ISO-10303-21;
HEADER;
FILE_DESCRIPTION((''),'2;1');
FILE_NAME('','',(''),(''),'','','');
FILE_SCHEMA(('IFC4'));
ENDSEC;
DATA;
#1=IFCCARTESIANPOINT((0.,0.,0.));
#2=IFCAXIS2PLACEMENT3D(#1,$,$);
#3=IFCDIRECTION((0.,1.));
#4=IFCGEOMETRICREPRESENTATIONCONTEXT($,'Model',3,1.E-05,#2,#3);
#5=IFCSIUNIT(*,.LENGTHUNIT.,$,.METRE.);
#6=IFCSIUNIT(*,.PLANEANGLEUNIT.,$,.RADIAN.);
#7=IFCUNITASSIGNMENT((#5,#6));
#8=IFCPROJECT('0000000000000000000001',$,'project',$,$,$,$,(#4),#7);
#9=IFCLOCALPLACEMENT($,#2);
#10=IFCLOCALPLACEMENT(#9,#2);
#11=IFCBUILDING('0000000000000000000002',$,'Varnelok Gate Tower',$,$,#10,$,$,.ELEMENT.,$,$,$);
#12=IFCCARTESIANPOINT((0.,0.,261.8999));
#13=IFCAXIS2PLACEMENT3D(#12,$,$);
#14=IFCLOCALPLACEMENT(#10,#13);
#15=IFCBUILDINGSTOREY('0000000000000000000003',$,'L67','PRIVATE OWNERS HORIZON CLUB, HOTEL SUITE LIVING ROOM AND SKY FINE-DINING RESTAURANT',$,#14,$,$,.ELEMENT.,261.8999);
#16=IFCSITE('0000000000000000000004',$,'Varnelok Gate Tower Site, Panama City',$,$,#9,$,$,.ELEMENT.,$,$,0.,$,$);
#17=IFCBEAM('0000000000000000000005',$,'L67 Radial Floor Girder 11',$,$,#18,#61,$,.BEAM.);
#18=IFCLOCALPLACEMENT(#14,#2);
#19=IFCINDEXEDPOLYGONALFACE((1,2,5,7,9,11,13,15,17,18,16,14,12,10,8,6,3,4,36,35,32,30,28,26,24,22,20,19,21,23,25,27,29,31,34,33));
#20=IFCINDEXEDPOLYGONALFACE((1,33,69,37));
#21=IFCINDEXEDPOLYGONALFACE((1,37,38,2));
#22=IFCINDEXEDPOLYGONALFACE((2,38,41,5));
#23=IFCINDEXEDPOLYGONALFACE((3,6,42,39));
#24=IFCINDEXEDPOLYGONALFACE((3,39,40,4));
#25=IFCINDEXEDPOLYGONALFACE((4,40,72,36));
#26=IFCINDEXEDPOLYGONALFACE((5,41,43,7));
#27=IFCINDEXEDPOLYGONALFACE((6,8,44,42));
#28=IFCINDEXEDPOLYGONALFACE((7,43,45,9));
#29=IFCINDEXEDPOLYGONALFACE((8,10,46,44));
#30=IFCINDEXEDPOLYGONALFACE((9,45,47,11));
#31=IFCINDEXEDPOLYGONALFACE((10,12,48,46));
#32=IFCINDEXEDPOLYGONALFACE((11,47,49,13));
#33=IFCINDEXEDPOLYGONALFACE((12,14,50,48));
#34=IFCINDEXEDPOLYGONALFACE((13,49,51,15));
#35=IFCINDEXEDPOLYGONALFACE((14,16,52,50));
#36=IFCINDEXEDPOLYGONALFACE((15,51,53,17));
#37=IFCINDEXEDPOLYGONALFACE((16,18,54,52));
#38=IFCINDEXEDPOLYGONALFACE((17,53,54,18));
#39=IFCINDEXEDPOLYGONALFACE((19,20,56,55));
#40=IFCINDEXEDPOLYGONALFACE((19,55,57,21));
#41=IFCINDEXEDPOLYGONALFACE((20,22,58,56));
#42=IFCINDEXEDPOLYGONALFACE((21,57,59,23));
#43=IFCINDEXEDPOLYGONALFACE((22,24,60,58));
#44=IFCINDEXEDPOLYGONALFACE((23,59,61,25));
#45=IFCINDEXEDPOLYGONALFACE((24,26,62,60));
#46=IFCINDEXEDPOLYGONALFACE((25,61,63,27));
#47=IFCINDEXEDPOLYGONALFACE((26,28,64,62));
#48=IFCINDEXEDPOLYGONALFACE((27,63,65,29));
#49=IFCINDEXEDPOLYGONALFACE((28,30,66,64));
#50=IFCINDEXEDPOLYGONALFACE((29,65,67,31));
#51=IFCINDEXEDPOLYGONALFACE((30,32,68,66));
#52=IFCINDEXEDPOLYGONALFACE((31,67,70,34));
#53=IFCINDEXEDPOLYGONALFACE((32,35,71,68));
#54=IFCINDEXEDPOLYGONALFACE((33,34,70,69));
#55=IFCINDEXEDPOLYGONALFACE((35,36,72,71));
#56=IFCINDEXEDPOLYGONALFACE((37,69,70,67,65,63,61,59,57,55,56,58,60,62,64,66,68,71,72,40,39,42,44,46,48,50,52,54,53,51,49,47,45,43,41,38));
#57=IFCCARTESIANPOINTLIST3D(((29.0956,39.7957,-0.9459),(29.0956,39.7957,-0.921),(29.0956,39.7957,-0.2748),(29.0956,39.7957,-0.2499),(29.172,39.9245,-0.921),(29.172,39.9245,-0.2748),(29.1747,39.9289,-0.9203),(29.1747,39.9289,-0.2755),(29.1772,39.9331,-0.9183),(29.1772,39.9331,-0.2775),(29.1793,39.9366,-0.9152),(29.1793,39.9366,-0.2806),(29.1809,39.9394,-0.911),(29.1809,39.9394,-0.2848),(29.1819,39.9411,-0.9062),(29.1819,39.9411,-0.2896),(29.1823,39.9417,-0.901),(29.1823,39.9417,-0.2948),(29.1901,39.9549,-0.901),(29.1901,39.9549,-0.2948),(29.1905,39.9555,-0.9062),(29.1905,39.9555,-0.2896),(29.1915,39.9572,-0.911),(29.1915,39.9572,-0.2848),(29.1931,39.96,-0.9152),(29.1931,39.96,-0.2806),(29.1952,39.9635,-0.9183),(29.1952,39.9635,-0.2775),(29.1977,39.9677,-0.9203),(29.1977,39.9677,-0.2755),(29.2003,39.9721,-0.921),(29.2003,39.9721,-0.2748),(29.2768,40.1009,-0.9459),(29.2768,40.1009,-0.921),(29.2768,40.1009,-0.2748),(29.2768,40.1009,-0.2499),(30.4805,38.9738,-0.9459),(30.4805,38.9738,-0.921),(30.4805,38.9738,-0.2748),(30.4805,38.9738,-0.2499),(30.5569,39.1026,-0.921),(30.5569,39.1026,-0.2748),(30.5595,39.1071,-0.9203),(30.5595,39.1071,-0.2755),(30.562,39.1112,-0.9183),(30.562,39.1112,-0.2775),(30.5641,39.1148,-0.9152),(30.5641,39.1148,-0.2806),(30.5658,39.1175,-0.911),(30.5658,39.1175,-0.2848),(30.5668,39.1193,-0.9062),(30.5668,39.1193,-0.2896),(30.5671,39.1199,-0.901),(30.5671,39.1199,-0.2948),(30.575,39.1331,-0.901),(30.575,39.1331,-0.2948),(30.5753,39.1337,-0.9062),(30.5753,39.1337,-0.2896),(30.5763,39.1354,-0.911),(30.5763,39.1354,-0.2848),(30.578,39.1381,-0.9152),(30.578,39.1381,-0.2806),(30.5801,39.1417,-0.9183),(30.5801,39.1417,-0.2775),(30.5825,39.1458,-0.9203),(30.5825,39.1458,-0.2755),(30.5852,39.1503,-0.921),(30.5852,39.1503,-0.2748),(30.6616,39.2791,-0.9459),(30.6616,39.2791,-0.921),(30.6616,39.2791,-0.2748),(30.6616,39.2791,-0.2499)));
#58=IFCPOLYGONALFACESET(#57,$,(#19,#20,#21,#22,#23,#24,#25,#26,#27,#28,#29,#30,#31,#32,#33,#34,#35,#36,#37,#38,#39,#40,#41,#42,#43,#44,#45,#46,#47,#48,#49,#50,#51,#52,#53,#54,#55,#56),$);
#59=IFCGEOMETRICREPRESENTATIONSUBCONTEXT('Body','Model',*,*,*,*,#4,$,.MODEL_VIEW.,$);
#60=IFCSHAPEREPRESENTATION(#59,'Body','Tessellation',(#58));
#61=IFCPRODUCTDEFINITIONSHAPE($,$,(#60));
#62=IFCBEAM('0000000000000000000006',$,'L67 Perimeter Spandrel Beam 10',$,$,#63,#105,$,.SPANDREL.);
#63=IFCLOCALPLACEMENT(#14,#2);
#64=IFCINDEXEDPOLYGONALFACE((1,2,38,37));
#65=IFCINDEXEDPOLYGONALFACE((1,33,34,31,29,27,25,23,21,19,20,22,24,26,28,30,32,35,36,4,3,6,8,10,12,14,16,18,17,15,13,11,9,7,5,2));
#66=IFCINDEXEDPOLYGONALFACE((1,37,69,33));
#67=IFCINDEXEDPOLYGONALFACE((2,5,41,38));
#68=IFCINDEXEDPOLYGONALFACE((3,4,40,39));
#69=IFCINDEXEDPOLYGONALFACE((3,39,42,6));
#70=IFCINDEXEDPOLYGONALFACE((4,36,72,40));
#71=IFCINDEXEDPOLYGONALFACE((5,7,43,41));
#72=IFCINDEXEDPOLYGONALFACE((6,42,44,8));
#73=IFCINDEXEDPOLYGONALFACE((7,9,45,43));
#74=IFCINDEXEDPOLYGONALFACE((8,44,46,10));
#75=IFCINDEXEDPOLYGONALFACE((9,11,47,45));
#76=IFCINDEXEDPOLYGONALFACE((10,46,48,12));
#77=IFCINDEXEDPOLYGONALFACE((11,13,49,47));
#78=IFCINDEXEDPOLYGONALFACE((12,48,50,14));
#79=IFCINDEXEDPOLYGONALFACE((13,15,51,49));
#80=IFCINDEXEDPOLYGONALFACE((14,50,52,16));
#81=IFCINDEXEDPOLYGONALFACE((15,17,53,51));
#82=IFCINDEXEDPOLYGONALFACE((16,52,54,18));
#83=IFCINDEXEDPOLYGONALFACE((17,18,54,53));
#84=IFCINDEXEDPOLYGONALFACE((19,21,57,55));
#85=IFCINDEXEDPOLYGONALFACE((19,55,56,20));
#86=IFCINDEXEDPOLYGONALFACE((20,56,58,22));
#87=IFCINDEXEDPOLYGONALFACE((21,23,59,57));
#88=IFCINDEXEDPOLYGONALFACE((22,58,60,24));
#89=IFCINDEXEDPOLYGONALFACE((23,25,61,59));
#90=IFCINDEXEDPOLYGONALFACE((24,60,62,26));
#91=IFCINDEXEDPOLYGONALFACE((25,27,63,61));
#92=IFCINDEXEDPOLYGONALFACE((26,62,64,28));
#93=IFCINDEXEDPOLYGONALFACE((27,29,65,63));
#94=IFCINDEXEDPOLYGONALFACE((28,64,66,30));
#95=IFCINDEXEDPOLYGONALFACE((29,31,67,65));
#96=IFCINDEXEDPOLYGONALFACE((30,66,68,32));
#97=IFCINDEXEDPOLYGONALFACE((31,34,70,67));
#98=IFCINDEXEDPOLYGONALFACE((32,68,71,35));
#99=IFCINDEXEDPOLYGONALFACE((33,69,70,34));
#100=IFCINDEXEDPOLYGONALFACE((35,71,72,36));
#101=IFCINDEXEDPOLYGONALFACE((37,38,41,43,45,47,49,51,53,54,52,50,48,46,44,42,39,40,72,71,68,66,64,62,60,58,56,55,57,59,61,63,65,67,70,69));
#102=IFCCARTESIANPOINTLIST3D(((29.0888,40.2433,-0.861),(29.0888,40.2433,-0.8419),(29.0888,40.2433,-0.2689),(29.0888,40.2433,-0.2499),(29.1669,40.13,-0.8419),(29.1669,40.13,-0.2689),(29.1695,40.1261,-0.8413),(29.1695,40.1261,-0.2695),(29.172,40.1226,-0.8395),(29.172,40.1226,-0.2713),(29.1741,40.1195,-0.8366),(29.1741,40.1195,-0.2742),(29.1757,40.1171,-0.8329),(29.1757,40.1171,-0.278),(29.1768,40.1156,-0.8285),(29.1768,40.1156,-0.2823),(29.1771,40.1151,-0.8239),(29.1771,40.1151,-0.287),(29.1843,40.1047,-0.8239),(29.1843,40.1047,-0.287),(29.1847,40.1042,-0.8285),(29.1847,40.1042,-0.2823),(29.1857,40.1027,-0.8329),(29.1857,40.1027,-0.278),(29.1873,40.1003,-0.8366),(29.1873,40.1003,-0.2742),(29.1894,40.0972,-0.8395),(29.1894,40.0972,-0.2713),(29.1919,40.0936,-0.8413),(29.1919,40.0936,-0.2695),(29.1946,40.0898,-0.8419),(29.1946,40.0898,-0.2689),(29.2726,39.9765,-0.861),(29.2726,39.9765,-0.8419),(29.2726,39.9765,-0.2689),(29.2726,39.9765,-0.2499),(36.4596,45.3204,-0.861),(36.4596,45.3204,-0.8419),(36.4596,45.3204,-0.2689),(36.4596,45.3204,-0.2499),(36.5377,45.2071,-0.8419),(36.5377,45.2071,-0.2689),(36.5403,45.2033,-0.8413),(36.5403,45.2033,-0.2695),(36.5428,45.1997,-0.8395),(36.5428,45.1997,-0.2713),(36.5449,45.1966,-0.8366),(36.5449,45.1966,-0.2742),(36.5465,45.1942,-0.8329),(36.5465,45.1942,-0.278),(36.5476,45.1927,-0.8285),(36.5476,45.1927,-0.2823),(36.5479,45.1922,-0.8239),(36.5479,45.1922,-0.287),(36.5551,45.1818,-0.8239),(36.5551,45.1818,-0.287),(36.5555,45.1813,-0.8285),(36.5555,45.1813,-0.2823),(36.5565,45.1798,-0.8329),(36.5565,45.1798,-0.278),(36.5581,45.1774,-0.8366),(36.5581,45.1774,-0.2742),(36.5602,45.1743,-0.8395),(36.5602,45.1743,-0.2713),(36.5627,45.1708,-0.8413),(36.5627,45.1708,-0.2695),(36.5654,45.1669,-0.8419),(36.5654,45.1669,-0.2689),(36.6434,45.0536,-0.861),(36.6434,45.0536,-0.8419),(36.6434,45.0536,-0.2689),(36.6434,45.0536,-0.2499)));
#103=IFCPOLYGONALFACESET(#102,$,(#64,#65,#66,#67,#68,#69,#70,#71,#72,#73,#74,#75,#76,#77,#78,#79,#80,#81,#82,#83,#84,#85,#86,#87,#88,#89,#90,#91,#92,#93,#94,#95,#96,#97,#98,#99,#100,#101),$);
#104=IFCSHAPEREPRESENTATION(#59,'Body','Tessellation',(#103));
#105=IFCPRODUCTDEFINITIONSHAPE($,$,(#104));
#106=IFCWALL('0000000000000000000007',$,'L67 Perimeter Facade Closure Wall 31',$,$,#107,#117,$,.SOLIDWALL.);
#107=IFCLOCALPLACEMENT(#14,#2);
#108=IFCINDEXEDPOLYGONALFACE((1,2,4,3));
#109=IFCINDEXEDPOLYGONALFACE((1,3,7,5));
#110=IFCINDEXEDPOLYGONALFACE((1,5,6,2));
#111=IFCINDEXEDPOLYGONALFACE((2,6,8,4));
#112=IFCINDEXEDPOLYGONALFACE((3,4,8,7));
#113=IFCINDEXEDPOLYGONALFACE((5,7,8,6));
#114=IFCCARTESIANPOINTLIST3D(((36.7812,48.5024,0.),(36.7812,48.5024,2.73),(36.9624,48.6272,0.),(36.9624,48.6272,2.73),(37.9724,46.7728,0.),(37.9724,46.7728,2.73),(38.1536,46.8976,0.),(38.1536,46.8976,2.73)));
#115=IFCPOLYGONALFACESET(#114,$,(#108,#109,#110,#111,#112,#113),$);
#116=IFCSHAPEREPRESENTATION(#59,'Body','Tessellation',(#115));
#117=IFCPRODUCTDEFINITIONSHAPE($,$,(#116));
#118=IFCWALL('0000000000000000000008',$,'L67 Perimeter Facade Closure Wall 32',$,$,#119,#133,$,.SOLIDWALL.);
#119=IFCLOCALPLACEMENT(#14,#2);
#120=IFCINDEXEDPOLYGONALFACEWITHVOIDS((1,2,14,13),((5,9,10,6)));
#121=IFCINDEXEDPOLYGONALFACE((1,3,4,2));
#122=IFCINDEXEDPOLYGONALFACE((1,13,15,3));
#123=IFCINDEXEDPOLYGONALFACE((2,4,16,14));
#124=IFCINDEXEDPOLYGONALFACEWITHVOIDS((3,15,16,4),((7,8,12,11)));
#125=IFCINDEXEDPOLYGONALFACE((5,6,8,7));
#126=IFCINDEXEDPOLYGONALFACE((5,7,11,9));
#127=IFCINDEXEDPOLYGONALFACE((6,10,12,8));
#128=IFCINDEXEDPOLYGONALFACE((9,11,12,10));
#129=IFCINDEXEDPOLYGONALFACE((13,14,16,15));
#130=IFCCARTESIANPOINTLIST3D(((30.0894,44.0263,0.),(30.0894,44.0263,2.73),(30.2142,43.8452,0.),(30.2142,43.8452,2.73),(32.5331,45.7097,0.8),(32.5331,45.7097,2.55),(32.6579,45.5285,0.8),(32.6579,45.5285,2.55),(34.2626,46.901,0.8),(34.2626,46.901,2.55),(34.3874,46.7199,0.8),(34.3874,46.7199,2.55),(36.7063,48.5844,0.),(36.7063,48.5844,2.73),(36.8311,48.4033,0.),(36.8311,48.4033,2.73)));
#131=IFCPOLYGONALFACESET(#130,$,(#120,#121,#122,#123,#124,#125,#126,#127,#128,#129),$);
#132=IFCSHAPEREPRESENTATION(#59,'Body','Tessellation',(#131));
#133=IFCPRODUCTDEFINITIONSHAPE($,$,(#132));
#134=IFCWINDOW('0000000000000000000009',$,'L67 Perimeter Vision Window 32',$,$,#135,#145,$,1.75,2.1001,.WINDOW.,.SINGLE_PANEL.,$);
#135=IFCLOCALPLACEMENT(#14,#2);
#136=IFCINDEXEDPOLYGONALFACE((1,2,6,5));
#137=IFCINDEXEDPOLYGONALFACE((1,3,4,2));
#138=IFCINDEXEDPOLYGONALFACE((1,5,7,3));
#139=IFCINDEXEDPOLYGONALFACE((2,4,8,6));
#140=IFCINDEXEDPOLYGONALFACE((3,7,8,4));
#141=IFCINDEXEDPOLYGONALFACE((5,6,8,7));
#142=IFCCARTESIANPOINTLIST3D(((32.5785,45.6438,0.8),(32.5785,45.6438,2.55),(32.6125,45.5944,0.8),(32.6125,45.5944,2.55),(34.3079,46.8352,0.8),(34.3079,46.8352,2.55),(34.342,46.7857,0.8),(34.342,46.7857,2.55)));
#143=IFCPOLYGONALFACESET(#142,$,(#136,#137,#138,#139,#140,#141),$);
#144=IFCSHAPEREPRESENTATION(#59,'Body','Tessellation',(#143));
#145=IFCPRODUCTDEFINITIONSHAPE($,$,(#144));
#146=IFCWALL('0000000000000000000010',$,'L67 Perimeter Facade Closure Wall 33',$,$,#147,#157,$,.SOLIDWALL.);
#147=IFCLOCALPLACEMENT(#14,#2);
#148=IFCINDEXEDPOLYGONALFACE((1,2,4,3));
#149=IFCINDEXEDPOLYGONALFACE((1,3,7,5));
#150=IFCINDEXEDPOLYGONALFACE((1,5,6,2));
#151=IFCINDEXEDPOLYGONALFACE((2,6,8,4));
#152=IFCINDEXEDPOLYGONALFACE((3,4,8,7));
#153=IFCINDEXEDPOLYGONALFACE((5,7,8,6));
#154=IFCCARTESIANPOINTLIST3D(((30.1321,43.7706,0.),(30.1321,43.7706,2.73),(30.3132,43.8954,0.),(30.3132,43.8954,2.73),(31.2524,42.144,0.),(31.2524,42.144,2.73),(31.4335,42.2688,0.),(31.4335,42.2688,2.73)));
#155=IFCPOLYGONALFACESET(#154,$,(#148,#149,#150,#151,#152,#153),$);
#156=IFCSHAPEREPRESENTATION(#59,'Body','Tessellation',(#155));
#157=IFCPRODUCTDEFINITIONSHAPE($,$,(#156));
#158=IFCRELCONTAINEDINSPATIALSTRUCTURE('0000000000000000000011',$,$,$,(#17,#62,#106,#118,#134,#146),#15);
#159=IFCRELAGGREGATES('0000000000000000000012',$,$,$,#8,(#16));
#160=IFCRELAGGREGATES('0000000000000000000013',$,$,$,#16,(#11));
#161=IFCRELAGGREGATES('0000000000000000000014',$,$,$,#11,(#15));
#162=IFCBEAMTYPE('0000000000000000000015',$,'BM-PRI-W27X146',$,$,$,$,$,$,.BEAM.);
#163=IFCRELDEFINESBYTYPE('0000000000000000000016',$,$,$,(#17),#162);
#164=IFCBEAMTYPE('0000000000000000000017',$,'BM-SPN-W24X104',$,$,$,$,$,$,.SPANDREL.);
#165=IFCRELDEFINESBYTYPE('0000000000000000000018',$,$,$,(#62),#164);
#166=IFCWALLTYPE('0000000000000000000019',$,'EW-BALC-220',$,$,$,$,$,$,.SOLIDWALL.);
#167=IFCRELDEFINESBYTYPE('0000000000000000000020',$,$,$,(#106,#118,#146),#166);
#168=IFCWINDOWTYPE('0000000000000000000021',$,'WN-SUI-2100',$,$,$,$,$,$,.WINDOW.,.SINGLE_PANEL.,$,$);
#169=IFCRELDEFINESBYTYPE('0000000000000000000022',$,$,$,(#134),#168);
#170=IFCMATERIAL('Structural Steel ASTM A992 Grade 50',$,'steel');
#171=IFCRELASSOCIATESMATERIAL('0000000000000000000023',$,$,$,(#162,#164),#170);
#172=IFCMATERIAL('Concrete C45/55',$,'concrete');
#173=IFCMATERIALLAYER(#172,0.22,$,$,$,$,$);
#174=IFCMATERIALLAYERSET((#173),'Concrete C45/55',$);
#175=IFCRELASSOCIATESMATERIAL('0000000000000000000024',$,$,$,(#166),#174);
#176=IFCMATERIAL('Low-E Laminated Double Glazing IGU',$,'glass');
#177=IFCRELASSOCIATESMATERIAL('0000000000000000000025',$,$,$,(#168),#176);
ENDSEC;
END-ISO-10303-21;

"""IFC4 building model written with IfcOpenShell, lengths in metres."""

from ifc_helpers import new_model, si_unit, direction, frame, frame_2d, origin, origin_2d, place, context, subcontext, project, spatial, rectangle, i_section, extrude, material, layer, layer_set, material_profile, profile_set, type_object, element, fill, save


model = new_model("IFC4")

# Units and contexts
model_context = context("Model", 3, precision=1e-05, world=origin(), true_north=direction((0.0, 1.0)))
body_context = subcontext(model_context, "Body", "Model", "MODEL_VIEW")
ifc_project = project(units=[si_unit("LENGTHUNIT", "METRE"), si_unit("PLANEANGLEUNIT", "RADIAN")], contexts=[model_context])

# Site, building, storey
site_placement = place(None, origin())
site = spatial("IfcSite", under=ifc_project, at=site_placement, Name="Varnelok Gate Tower Site, Panama City", CompositionType="ELEMENT", RefElevation=0.0)
building_placement = place(site_placement, origin())
building = spatial("IfcBuilding", under=site, at=building_placement, Name="Varnelok Gate Tower", CompositionType="ELEMENT")
storey_placement = place(building_placement, frame((0.0, 0.0, 261.8999)))
storey = spatial("IfcBuildingStorey", under=building, at=storey_placement, Name="L67", Description="PRIVATE OWNERS HORIZON CLUB, HOTEL SUITE LIVING ROOM AND SKY FINE-DINING RESTAURANT", CompositionType="ELEMENT", Elevation=261.8999)

# Shared definitions
ifc_material_1 = material(Name="Structural Steel ASTM A992 Grade 50", Category="steel")

# Beams
ifc_material_profile_1 = material_profile(ifc_material_1, i_section(OverallWidth=0.355, OverallDepth=0.696, WebThickness=0.0154, FlangeThickness=0.0249, FilletRadius=0.02, at=origin_2d()), Name="W27X146")
ifc_profile_set_1 = profile_set([ifc_material_profile_1], Name="Structural Steel ASTM A992 Grade 50")
beam_type_1 = type_object("IfcBeamType", Name="BM-PRI-W27X146", PredefinedType="BEAM", material=ifc_profile_set_1)
beam_1_placement = place(storey_placement, frame((30.571, 39.1265, -0.5979), z_axis=(-0.859971, 0.510343, 0.0), x_axis=(-0.510343, -0.859971, 0.0)))
element("IfcBeam", 1, at=beam_1_placement, inside=storey, type_object=beam_type_1, Name="L67 Radial Floor Girder 11", PredefinedType="BEAM", context=body_context, shape_type="SweptSolid", body=[
    extrude(i_section(OverallWidth=0.355, OverallDepth=0.696, WebThickness=0.0154, FlangeThickness=0.0249, FilletRadius=0.02, at=origin_2d()), origin(), (0.0, 0.0, 1.0), 1.6104),
])
ifc_material_profile_2 = material_profile(ifc_material_1, i_section(OverallWidth=0.324, OverallDepth=0.6111, WebThickness=0.0127, FlangeThickness=0.019, FilletRadius=0.0181, at=origin_2d()), Name="W24X104")
ifc_profile_set_2 = profile_set([ifc_material_profile_2], Name="Structural Steel ASTM A992 Grade 50")
beam_type_2 = type_object("IfcBeamType", Name="BM-SPN-W24X104", PredefinedType="SPANDREL", material=ifc_profile_set_2)
beam_2_placement = place(storey_placement, frame((36.5515, 45.187, -0.5554), z_axis=(-0.823536, -0.567264, 0.0), x_axis=(0.567264, -0.823536, 0.0)))
element("IfcBeam", 2, at=beam_2_placement, inside=storey, type_object=beam_type_2, Name="L67 Perimeter Spandrel Beam 10", PredefinedType="SPANDREL", context=body_context, shape_type="SweptSolid", body=[
    extrude(i_section(OverallWidth=0.324, OverallDepth=0.6111, WebThickness=0.0127, FlangeThickness=0.019, FilletRadius=0.0181, at=origin_2d()), origin(), (0.0, 0.0, 1.0), 8.9502),
])

# Wall
ifc_material_2 = material(Name="Concrete C45/55", Category="concrete")
ifc_layer_1 = layer(ifc_material_2, 0.22)
ifc_layer_set_1 = layer_set([ifc_layer_1], Name="Concrete C45/55")
wall_type_1 = type_object("IfcWallType", Name="EW-BALC-220", PredefinedType="SOLIDWALL", material=ifc_layer_set_1)
wall_1_placement = place(storey_placement, frame((38.063, 46.8352, 0.0), z_axis=(0.0, 0.0, 1.0), x_axis=(-0.567219, 0.823567, 0.0)))
element("IfcWall", 3, at=wall_1_placement, inside=storey, type_object=wall_type_1, Name="L67 Perimeter Facade Closure Wall 31", PredefinedType="SOLIDWALL", context=body_context, shape_type="SweptSolid", body=[
    extrude(rectangle(XDim=2.1001, YDim=0.22, at=frame_2d((1.05, 0.0))), origin(), (0.0, 0.0, 1.0), 2.73),
])

# Wall, opening, window
wall_2_placement = place(storey_placement, frame((36.7688, 48.4939, 0.0), z_axis=(0.0, 0.0, 1.0), x_axis=(-0.823521, -0.567286, 0.0)))
wall_2 = element("IfcWall", 4, at=wall_2_placement, inside=storey, type_object=wall_type_1, Name="L67 Perimeter Facade Closure Wall 32", PredefinedType="SOLIDWALL", context=body_context, shape_type="SweptSolid", body=[
    extrude(rectangle(XDim=8.0349, YDim=0.22, at=frame_2d((4.0176, 0.0))), origin(), (0.0, 0.0, 1.0), 2.73),
])
opening_1_placement = place(wall_2_placement, frame((2.9675, 0.0, 0.8)))
opening_1 = element("IfcOpeningElement", 5, at=opening_1_placement, cuts=wall_2, PredefinedType="OPENING", context=body_context, shape_type="SweptSolid", body=[
    extrude(rectangle(XDim=2.1001, YDim=1.75, at=frame_2d((1.05, 0.875))), frame((0.0, 0.1199, 0.0), z_axis=(0.0, -1.0, 0.0), x_axis=(1.0, 0.0, 0.0)), (0.0, 0.0, 1.0), 0.24),
])
ifc_material_3 = material(Name="Low-E Laminated Double Glazing IGU", Category="glass")
window_type = type_object("IfcWindowType", Name="WN-SUI-2100", PartitioningType="SINGLE_PANEL", PredefinedType="WINDOW", material=ifc_material_3)
window_placement = place(opening_1_placement, origin())
window = element("IfcWindow", 6, at=window_placement, inside=storey, type_object=window_type, Name="L67 Perimeter Vision Window 32", OverallHeight=1.75, OverallWidth=2.1001, PartitioningType="SINGLE_PANEL", PredefinedType="WINDOW", context=body_context, shape_type="SweptSolid", body=[
    extrude(rectangle(XDim=2.1001, YDim=1.75, at=frame_2d((1.05, 0.875))), frame((0.0, 0.03, 0.0), z_axis=(0.0, -1.0, 0.0), x_axis=(1.0, 0.0, 0.0)), (0.0, 0.0, 1.0), 0.0601),
])
fill(opening_1, window)

# Wall
wall_3_placement = place(storey_placement, frame((30.2227, 43.833, 0.0), z_axis=(0.0, 0.0, 1.0), x_axis=(0.567216, -0.823569, 0.0)))
element("IfcWall", 7, at=wall_3_placement, inside=storey, type_object=wall_type_1, Name="L67 Perimeter Facade Closure Wall 33", PredefinedType="SOLIDWALL", context=body_context, shape_type="SweptSolid", body=[
    extrude(rectangle(XDim=1.9751, YDim=0.22, at=frame_2d((0.9875, 0.0))), origin(), (0.0, 0.0, 1.0), 2.73),
])

save(model, "model.ifc")
